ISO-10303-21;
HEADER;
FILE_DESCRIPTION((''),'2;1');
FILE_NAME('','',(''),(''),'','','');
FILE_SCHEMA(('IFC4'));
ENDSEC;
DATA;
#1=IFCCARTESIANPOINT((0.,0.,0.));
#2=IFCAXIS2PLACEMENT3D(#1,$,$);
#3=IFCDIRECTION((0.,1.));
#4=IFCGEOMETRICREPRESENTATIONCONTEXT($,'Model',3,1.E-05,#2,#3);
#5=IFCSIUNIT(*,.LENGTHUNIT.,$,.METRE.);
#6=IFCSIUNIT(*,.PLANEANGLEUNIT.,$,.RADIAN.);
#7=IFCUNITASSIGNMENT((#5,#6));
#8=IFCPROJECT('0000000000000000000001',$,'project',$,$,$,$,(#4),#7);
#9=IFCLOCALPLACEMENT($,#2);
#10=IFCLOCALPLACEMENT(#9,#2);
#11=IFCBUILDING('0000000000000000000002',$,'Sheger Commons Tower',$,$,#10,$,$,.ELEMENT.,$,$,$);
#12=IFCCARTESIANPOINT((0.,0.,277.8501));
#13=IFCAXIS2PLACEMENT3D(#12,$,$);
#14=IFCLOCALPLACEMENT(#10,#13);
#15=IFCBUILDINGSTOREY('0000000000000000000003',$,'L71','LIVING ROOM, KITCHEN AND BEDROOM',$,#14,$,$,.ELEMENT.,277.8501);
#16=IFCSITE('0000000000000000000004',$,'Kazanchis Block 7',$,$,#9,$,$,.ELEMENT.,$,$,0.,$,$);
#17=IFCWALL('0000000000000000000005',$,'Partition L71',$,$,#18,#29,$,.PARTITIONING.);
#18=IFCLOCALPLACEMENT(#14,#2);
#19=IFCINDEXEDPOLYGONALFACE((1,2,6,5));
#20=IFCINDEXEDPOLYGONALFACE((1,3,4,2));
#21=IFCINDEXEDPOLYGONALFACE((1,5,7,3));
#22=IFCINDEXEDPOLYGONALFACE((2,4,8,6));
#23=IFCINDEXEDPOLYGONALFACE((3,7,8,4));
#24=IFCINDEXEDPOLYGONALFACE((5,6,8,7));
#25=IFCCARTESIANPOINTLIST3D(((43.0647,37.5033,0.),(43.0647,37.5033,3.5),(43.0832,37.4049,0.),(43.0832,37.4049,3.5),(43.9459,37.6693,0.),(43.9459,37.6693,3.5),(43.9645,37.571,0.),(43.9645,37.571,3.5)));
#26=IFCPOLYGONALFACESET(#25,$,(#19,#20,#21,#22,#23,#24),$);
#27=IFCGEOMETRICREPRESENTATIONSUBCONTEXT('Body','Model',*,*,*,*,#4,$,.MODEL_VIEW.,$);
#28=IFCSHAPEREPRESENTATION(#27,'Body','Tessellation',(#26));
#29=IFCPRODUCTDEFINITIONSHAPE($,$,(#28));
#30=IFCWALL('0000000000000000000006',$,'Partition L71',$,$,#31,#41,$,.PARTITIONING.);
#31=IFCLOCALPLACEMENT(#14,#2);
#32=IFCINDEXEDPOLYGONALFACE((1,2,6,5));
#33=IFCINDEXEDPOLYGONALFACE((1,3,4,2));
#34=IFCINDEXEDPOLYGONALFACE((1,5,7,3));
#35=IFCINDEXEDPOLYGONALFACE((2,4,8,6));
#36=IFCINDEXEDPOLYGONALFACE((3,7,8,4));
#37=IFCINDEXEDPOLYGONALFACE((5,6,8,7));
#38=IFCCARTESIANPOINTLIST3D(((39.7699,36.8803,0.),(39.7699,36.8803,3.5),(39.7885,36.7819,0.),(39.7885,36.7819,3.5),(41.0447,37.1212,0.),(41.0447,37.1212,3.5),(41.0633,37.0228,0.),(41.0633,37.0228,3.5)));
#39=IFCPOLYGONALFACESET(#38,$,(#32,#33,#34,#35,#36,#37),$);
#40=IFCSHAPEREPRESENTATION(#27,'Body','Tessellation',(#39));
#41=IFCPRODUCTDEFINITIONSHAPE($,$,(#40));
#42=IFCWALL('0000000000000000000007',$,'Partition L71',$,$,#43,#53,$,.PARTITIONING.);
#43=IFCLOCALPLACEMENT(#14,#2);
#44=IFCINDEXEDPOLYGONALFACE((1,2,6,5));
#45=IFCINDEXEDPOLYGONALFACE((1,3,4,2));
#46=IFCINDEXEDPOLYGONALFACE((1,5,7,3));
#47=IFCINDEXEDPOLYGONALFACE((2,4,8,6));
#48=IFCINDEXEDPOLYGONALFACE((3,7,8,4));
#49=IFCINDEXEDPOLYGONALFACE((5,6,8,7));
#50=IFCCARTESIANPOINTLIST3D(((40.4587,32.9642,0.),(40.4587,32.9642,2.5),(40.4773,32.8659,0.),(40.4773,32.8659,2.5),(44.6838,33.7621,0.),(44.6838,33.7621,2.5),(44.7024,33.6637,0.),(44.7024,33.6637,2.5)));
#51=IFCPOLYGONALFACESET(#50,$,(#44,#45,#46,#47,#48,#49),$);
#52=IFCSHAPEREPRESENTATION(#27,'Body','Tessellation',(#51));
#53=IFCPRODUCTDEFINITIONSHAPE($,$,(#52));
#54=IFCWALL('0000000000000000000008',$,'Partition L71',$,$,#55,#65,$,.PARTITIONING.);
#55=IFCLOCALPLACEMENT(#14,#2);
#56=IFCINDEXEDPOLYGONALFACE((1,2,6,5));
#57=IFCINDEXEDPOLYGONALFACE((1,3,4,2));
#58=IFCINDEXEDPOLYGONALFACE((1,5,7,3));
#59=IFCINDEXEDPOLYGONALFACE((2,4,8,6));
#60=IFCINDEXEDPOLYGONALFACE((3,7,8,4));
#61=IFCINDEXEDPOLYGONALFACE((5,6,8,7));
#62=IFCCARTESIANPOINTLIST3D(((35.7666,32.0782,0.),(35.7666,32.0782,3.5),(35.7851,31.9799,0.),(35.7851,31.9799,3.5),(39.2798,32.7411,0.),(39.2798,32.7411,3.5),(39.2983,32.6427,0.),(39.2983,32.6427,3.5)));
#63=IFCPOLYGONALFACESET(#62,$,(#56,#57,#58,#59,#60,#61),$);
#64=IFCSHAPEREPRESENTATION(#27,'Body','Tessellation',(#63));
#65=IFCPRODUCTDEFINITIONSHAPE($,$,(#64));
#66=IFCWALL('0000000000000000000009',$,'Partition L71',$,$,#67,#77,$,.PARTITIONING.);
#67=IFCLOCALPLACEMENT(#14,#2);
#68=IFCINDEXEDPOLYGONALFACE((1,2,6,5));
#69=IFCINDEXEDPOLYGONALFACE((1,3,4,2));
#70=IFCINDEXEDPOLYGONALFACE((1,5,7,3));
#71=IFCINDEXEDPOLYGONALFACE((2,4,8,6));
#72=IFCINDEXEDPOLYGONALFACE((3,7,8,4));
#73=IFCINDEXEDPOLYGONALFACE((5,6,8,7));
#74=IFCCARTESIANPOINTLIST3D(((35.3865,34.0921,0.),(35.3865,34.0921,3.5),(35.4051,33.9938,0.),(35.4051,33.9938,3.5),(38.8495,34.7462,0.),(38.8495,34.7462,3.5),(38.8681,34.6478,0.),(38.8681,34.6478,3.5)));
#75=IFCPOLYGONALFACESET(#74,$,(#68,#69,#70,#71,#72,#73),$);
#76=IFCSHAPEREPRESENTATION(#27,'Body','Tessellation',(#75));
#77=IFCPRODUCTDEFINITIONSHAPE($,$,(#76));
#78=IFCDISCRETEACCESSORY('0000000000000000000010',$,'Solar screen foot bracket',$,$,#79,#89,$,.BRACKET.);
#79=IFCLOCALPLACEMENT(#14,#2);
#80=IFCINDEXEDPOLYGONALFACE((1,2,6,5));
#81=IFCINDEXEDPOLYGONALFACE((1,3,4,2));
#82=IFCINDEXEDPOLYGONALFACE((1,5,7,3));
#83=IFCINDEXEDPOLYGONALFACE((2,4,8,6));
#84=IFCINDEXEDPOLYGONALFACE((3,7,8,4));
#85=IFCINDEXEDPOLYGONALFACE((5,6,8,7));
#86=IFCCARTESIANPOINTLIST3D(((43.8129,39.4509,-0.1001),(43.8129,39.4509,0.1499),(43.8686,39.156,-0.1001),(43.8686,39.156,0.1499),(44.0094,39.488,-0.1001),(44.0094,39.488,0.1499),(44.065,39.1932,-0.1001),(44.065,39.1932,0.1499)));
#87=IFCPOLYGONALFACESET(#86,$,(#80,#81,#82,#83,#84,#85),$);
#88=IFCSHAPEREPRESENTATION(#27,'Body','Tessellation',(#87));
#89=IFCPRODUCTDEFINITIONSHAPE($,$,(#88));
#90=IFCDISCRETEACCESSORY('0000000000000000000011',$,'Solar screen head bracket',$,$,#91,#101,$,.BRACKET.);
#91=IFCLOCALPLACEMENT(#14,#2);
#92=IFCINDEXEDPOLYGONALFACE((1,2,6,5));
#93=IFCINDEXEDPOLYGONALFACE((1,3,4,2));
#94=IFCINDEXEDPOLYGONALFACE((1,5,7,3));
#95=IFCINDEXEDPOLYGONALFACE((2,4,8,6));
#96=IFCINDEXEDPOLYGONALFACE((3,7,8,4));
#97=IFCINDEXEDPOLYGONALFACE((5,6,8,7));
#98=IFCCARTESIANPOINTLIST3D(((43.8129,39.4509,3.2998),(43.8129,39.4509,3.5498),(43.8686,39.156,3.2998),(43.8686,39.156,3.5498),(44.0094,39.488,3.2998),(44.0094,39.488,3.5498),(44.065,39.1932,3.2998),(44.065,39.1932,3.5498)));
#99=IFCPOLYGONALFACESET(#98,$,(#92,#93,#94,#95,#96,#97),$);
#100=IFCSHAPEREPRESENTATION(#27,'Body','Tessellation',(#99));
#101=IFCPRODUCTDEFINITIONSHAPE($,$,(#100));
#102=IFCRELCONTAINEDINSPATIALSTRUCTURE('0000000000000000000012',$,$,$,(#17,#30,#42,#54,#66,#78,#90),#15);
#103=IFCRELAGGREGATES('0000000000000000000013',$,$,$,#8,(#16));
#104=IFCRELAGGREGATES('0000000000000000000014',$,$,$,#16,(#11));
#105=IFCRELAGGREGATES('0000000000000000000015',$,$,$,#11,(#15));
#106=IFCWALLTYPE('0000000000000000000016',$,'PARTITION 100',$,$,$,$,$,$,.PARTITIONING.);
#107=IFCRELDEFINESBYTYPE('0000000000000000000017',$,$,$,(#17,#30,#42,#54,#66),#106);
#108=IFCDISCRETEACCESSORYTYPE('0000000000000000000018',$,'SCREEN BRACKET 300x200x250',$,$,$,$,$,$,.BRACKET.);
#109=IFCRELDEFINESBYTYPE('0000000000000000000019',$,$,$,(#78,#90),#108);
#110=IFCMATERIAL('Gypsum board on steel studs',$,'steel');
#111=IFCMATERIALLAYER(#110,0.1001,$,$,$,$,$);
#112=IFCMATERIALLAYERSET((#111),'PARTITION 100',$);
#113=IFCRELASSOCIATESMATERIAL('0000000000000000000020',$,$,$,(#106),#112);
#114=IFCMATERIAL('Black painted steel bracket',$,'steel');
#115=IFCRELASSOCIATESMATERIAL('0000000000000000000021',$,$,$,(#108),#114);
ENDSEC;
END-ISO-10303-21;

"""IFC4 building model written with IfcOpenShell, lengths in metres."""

from ifc_helpers import new_model, si_unit, direction, frame, frame_2d, origin, origin_2d, place, context, subcontext, project, spatial, rectangle, extrude, material, layer, layer_set, type_object, element, save


model = new_model("IFC4")

# Units and contexts
model_context = context("Model", 3, precision=1e-05, world=origin(), true_north=direction((0.0, 1.0)))
body_context = subcontext(model_context, "Body", "Model", "MODEL_VIEW")
ifc_project = project(units=[si_unit("LENGTHUNIT", "METRE"), si_unit("PLANEANGLEUNIT", "RADIAN")], contexts=[model_context])

# Site, building, storey
site_placement = place(None, origin())
site = spatial("IfcSite", under=ifc_project, at=site_placement, Name="Kazanchis Block 7", CompositionType="ELEMENT", RefElevation=0.0)
building_placement = place(site_placement, origin())
building = spatial("IfcBuilding", under=site, at=building_placement, Name="Sheger Commons Tower", CompositionType="ELEMENT")
storey_placement = place(building_placement, frame((0.0, 0.0, 277.8501)))
storey = spatial("IfcBuildingStorey", under=building, at=storey_placement, Name="L71", Description="LIVING ROOM, KITCHEN AND BEDROOM", CompositionType="ELEMENT", Elevation=277.8501)

# Shared definitions
ifc_material_1 = material(Name="Gypsum board on steel studs", Category="steel")
ifc_layer_1 = layer(ifc_material_1, 0.1001)
ifc_layer_set_1 = layer_set([ifc_layer_1], Name="PARTITION 100")
wall_type_1 = type_object("IfcWallType", Name="PARTITION 100", PredefinedType="PARTITIONING", material=ifc_layer_set_1)

# Walls
wall_1_placement = place(storey_placement, frame((43.9551, 37.6201, 0.0), z_axis=(0.0, 0.0, 1.0), x_axis=(-0.982708, -0.18516, 0.0)))
element("IfcWall", 1, at=wall_1_placement, inside=storey, type_object=wall_type_1, Name="Partition L71", PredefinedType="PARTITIONING", context=body_context, shape_type="SweptSolid", body=[
    extrude(rectangle(XDim=0.8967, YDim=0.1001, at=frame_2d((0.4482, 0.0))), origin(), (0.0, 0.0, 1.0), 3.5),
])
wall_2_placement = place(storey_placement, frame((41.054, 37.072, 0.0), z_axis=(0.0, 0.0, 1.0), x_axis=(-0.982603, -0.18572, 0.0)))
element("IfcWall", 2, at=wall_2_placement, inside=storey, type_object=wall_type_1, Name="Partition L71", PredefinedType="PARTITIONING", context=body_context, shape_type="SweptSolid", body=[
    extrude(rectangle(XDim=1.2974, YDim=0.1001, at=frame_2d((0.6487, 0.0))), origin(), (0.0, 0.0, 1.0), 3.5),
])
wall_3_placement = place(storey_placement, frame((44.6931, 33.7129, 0.0), z_axis=(0.0, 0.0, 1.0), x_axis=(-0.982634, -0.185557, 0.0)))
element("IfcWall", 3, at=wall_3_placement, inside=storey, type_object=wall_type_1, Name="Partition L71", PredefinedType="PARTITIONING", context=body_context, shape_type="SweptSolid", body=[
    extrude(rectangle(XDim=4.2998, YDim=0.1001, at=frame_2d((2.1499, 0.0))), origin(), (0.0, 0.0, 1.0), 2.5),
])
wall_4_placement = place(storey_placement, frame((39.2891, 32.6919, 0.0), z_axis=(0.0, 0.0, 1.0), x_axis=(-0.982663, -0.185402, 0.0)))
element("IfcWall", 4, at=wall_4_placement, inside=storey, type_object=wall_type_1, Name="Partition L71", PredefinedType="PARTITIONING", context=body_context, shape_type="SweptSolid", body=[
    extrude(rectangle(XDim=3.5752, YDim=0.1001, at=frame_2d((1.7876, 0.0))), origin(), (0.0, 0.0, 1.0), 3.5),
])
wall_5_placement = place(storey_placement, frame((38.8589, 34.697, 0.0), z_axis=(0.0, 0.0, 1.0), x_axis=(-0.982627, -0.185593, 0.0)))
element("IfcWall", 5, at=wall_5_placement, inside=storey, type_object=wall_type_1, Name="Partition L71", PredefinedType="PARTITIONING", context=body_context, shape_type="SweptSolid", body=[
    extrude(rectangle(XDim=3.5242, YDim=0.1001, at=frame_2d((1.7622, 0.0))), origin(), (0.0, 0.0, 1.0), 3.5),
])

# Discrete accessories
ifc_material_2 = material(Name="Black painted steel bracket", Category="steel")
discrete_accessory_type = type_object("IfcDiscreteAccessoryType", Name="SCREEN BRACKET 300x200x250", PredefinedType="BRACKET", material=ifc_material_2)
for number, where, z_axis, x_axis, name in (
    (6, (43.939, 39.322, -0.1001), (0.0, 0.0, 1.0), (-0.185615, 0.982623, 0.0), "Solar screen foot bracket"),
    (7, (43.939, 39.322, 3.2998), (0.0, 0.0, 1.0), (-0.185615, 0.982623, 0.0), "Solar screen head bracket"),
):
    element("IfcDiscreteAccessory", number, at=place(storey_placement, frame(where, z_axis=z_axis, x_axis=x_axis)), inside=storey, type_object=discrete_accessory_type, Name=name, PredefinedType="BRACKET", context=body_context, shape_type="SweptSolid", body=[
        extrude(rectangle(XDim=0.3, YDim=0.2, at=origin_2d()), origin(), (0.0, 0.0, 1.0), 0.25),
    ])

save(model, "model.ifc")
